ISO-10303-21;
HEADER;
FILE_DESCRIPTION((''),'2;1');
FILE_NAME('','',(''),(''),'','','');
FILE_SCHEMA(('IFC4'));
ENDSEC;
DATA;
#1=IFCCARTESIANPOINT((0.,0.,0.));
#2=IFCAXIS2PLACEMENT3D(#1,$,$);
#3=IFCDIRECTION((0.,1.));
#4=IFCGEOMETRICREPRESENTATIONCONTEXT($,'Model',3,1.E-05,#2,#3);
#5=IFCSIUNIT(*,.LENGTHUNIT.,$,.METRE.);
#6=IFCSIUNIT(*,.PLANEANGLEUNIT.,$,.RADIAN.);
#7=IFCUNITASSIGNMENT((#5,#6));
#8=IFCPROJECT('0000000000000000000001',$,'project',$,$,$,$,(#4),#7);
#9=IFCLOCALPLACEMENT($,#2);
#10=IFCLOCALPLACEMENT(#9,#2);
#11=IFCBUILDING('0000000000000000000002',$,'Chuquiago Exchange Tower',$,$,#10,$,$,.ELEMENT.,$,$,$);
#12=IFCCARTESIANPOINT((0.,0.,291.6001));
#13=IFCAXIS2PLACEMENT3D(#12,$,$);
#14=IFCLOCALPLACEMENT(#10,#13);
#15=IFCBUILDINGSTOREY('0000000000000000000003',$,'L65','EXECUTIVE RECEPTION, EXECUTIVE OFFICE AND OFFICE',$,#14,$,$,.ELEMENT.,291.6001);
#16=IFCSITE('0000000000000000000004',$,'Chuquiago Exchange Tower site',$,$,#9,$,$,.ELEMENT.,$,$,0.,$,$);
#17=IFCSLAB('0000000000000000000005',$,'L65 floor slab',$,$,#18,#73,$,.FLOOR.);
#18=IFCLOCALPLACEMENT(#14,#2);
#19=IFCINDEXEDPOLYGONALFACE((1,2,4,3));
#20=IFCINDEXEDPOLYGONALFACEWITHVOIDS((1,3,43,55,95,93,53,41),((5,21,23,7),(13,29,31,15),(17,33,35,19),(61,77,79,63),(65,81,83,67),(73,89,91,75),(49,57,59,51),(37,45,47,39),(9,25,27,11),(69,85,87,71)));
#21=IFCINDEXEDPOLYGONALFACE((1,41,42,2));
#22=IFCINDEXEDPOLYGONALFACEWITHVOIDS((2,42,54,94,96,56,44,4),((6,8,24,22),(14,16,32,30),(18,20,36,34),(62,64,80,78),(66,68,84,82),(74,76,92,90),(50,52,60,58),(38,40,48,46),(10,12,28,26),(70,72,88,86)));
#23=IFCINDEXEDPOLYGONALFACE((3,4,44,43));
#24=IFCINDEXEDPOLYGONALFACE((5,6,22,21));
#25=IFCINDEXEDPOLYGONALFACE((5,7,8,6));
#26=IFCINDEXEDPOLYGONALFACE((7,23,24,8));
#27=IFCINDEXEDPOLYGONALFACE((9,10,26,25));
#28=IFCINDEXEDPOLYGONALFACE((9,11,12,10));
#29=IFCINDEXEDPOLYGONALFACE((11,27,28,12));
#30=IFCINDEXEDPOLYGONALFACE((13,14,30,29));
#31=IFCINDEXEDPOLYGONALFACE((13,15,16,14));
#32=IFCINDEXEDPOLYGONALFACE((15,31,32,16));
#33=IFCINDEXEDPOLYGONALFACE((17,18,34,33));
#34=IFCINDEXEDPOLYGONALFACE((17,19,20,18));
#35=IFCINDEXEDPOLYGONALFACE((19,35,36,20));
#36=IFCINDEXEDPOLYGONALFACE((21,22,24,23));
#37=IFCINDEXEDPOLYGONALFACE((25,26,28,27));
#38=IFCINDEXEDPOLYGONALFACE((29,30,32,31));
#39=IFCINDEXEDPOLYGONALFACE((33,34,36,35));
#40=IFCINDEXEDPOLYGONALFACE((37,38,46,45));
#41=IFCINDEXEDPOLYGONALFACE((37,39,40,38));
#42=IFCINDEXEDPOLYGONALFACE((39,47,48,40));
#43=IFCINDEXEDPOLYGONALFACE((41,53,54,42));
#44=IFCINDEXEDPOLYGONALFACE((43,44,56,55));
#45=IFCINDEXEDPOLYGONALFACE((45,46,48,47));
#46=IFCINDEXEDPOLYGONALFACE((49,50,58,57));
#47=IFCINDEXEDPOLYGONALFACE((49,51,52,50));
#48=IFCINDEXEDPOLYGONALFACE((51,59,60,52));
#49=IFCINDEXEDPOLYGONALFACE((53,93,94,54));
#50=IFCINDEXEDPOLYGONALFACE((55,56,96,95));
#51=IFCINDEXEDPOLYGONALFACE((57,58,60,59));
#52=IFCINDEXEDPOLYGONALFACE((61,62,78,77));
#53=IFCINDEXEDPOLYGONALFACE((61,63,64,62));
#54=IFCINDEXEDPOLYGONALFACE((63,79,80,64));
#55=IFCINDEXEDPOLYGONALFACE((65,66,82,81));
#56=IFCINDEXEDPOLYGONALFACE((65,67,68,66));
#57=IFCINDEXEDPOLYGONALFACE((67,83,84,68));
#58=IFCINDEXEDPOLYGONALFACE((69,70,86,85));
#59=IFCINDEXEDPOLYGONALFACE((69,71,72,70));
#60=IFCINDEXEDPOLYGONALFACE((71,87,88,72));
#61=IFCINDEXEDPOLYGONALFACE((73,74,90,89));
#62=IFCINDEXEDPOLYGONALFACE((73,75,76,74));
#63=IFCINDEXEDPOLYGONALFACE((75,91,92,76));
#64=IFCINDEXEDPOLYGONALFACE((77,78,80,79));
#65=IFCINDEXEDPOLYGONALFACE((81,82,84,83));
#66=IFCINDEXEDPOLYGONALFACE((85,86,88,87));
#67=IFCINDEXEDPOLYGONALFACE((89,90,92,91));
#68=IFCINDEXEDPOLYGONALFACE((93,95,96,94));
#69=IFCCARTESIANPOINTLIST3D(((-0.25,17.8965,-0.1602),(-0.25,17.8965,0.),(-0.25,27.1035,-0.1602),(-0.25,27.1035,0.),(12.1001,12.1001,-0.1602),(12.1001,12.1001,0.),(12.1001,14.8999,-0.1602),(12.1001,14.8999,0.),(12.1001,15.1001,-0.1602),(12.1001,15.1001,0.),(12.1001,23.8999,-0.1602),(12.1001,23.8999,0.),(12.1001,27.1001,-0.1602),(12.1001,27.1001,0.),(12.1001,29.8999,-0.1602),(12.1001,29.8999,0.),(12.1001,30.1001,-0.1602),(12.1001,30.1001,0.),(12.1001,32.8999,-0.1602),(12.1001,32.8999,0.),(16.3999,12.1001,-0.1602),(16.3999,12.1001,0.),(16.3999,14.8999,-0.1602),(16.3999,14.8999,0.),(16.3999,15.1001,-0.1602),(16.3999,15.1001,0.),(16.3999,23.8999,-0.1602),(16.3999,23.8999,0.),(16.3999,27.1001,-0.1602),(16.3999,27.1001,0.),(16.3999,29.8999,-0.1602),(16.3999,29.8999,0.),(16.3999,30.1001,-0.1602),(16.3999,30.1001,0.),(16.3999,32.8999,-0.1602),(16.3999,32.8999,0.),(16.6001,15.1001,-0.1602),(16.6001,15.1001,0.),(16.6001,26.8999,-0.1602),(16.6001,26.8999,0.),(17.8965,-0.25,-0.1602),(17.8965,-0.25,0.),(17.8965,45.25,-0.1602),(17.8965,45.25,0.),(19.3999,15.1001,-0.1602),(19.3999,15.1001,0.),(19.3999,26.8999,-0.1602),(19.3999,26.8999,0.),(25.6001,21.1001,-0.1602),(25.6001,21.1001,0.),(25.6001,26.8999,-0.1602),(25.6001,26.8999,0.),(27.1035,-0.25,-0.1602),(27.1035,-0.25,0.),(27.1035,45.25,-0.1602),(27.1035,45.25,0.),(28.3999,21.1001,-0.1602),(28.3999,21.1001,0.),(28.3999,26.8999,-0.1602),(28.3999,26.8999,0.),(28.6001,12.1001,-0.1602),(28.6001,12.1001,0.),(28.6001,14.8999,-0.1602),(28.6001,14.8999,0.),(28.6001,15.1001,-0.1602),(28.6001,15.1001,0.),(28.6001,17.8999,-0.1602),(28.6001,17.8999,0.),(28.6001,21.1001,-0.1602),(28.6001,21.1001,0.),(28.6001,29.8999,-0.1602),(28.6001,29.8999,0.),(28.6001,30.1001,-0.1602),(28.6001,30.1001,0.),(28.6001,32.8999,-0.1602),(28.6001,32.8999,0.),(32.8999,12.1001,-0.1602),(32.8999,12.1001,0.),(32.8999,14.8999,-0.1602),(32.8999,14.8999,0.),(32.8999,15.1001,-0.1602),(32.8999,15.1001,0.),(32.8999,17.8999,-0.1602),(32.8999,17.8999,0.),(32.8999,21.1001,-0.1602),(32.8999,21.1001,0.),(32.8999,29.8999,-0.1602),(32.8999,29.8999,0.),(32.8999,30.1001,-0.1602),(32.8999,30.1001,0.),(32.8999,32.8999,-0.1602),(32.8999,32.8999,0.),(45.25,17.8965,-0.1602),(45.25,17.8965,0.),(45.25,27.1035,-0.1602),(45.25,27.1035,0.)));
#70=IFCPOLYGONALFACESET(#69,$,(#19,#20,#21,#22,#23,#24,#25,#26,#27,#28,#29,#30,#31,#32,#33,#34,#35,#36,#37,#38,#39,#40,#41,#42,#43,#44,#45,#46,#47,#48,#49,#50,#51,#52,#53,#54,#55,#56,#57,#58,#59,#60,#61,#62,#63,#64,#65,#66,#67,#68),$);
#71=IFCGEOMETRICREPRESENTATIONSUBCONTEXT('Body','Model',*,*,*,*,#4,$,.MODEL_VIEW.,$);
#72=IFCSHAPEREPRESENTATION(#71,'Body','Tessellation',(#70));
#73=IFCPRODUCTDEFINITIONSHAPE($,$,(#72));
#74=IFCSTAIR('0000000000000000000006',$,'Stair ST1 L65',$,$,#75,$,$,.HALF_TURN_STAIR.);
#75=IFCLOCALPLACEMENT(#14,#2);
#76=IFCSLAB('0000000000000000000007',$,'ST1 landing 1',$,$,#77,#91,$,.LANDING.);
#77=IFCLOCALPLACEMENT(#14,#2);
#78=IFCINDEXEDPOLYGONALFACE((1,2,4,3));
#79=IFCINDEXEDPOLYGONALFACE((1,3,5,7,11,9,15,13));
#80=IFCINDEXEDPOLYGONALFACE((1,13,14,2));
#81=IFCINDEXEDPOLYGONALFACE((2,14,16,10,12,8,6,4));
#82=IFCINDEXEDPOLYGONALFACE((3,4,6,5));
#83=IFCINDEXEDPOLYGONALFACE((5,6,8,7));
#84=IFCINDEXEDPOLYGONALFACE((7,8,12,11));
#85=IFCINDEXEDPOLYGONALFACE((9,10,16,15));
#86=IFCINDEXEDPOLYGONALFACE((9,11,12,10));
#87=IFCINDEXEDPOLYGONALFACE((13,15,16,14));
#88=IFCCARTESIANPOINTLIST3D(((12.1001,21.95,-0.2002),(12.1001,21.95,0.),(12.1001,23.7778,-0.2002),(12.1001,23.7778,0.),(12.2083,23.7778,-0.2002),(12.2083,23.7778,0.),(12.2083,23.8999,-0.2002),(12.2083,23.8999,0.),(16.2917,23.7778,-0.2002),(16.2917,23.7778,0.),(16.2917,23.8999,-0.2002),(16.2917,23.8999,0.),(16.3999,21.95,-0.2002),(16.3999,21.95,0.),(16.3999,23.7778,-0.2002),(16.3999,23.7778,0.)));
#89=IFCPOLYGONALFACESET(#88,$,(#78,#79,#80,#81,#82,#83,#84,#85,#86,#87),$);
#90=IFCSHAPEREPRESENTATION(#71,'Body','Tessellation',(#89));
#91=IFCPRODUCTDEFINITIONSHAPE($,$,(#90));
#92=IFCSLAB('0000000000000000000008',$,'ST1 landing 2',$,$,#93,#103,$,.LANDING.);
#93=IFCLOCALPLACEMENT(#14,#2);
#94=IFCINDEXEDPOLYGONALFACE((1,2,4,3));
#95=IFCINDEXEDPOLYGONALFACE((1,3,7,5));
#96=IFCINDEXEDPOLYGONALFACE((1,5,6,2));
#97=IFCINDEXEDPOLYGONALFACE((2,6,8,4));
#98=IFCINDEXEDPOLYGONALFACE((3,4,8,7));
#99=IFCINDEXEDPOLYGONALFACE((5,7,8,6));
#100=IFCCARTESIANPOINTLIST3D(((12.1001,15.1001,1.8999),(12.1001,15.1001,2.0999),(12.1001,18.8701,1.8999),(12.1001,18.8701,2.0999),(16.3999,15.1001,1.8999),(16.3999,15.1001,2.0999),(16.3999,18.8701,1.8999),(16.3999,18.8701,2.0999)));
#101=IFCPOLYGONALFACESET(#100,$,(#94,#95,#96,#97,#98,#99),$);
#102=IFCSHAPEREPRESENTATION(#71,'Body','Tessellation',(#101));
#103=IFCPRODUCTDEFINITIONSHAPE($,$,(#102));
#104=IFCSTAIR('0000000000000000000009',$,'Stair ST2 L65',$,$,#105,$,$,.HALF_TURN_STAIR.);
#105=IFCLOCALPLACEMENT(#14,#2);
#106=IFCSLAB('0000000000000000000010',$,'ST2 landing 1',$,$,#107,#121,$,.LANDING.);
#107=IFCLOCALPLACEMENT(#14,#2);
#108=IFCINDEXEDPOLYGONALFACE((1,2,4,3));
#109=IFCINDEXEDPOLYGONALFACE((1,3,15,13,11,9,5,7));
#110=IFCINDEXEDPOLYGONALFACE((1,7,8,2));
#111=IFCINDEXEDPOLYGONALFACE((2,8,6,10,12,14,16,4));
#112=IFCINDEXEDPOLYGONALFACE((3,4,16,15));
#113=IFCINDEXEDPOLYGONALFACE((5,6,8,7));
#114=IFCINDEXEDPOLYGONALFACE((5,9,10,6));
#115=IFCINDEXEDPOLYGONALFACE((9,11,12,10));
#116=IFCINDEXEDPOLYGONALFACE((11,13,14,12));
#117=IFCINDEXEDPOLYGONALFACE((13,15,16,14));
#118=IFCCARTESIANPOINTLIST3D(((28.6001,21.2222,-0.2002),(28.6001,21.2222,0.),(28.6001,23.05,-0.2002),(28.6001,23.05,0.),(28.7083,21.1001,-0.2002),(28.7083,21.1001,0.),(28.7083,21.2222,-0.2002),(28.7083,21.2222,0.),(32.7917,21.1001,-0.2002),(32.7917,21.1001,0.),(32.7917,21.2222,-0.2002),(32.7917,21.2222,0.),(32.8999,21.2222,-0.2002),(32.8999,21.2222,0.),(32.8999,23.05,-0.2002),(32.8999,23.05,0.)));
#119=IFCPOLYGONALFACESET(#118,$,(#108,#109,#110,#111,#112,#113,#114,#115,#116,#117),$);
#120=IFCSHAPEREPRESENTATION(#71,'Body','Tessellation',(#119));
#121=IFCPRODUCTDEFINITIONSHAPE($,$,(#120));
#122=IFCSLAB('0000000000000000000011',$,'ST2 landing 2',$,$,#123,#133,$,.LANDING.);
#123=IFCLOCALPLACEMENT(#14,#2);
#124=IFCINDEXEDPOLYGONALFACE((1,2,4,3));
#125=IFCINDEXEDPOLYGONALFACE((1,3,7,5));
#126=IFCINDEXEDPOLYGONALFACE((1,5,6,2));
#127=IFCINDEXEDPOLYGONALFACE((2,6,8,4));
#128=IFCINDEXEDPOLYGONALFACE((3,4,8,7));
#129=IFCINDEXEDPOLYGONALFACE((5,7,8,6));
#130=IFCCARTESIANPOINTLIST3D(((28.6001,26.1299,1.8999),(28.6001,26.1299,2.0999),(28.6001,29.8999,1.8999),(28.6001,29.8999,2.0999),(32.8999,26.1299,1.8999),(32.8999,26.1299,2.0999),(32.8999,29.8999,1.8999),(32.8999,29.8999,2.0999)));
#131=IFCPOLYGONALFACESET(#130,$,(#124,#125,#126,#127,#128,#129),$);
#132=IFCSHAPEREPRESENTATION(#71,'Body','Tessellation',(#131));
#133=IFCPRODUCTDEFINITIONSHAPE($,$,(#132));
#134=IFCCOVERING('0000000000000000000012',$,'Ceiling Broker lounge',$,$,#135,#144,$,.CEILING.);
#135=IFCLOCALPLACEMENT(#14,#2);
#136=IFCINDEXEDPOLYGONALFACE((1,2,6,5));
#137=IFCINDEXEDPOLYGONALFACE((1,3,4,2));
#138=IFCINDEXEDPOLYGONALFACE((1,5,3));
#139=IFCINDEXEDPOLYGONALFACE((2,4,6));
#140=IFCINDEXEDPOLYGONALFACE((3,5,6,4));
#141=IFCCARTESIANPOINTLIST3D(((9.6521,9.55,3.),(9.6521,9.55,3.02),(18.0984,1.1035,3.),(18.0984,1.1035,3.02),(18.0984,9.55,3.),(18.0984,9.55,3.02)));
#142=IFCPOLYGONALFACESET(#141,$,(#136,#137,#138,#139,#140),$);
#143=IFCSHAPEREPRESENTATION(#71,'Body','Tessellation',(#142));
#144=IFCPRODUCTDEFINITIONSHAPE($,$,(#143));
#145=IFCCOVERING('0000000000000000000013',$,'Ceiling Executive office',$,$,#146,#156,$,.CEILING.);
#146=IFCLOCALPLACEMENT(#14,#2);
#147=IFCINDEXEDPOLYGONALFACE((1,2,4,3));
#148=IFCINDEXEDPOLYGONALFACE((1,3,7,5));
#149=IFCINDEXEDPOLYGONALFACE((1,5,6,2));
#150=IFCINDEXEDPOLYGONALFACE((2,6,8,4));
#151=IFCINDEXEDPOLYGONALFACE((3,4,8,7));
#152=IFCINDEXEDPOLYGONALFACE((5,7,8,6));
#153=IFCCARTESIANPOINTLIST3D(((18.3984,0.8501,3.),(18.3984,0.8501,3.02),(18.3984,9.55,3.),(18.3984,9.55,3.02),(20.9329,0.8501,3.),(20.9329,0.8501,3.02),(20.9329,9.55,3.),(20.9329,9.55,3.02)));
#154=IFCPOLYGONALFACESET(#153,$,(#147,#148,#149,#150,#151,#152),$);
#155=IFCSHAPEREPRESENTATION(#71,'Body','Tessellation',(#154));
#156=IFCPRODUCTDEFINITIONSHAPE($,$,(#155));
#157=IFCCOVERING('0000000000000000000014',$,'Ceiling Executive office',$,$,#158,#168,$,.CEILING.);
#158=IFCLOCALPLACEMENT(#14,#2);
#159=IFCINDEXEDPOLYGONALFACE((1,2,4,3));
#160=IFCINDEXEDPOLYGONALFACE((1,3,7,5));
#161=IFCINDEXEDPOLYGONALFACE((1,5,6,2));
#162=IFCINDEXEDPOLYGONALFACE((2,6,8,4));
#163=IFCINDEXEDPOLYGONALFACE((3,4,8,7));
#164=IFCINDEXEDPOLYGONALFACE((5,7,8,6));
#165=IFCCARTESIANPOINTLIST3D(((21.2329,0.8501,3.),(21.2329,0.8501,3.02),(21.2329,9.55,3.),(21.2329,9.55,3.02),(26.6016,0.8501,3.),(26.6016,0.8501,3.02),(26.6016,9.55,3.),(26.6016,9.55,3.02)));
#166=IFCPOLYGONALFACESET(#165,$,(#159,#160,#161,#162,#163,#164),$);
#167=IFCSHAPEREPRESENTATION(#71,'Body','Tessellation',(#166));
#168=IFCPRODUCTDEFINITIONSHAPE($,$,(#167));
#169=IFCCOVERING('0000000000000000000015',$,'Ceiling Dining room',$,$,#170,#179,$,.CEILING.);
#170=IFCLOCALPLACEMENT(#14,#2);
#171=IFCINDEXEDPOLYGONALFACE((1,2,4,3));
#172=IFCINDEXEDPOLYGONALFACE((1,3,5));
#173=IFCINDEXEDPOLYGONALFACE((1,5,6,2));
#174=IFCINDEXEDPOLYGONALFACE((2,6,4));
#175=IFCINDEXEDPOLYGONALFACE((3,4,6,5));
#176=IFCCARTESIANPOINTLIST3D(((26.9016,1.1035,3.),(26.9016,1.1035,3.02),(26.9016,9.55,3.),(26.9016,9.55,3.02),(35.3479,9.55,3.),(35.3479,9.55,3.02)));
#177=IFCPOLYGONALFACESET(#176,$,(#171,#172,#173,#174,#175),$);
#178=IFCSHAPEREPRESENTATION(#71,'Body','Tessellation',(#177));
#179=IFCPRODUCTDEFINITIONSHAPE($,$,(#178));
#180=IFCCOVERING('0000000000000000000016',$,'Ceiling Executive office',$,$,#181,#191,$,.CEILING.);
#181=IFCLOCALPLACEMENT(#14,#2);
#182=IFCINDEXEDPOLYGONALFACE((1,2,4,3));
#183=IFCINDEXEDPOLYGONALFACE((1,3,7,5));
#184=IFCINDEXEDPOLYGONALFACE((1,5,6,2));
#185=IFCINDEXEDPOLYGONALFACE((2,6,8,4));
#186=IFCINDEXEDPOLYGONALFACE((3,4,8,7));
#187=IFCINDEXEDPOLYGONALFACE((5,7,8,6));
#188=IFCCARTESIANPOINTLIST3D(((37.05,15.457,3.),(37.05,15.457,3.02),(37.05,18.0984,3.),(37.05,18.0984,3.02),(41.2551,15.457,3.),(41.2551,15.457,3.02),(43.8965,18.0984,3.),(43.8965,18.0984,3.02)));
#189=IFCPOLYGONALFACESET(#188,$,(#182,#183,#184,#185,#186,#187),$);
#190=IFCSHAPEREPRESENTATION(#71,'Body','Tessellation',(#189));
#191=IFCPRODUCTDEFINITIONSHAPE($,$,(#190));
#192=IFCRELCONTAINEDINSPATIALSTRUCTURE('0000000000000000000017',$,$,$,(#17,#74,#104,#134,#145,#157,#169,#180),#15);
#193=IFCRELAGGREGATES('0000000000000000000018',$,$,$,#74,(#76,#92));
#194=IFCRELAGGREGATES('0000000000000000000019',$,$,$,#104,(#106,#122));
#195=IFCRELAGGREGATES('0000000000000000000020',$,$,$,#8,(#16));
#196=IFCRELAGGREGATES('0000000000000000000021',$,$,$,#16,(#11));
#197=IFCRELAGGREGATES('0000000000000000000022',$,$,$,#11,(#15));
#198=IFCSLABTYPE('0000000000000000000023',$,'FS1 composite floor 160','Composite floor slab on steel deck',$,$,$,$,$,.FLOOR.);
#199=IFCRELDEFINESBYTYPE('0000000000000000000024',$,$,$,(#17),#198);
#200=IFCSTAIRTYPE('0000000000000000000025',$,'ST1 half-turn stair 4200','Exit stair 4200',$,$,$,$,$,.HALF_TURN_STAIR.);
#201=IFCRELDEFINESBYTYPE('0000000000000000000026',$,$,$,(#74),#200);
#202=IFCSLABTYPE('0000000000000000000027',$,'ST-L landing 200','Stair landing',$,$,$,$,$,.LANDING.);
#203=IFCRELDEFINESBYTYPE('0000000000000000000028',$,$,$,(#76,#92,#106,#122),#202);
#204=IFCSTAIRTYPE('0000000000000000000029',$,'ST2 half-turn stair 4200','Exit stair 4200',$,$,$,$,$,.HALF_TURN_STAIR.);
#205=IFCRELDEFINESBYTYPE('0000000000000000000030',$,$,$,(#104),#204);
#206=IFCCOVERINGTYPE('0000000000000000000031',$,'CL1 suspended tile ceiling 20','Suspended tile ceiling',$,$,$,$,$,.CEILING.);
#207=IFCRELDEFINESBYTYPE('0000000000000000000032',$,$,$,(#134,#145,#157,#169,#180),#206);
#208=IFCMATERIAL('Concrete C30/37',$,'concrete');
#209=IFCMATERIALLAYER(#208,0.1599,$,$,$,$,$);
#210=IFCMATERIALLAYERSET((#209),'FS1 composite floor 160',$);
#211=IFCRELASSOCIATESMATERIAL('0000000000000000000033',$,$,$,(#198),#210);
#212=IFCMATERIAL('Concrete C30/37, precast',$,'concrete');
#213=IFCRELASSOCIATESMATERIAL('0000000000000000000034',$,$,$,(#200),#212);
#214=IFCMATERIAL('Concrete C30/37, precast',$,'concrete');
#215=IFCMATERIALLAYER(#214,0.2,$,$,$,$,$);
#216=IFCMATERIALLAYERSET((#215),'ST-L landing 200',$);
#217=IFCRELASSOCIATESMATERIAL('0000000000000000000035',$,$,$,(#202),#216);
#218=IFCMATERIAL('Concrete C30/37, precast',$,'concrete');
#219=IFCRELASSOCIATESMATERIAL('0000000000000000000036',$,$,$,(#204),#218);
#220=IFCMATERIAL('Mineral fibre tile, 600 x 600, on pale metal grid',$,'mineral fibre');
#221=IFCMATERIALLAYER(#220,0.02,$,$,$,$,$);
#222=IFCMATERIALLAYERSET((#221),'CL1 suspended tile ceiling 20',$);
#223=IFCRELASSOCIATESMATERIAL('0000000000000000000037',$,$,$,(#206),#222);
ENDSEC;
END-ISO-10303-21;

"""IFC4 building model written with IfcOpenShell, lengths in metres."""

from ifc_helpers import new_model, si_unit, direction, frame, origin, place, context, subcontext, project, spatial, polyline, outline, extrude, material, layer, layer_set, type_object, element, aggregate, save


model = new_model("IFC4")

# Units and contexts
model_context = context("Model", 3, precision=1e-05, world=origin(), true_north=direction((0.0, 1.0)))
body_context = subcontext(model_context, "Body", "Model", "MODEL_VIEW")
ifc_project = project(units=[si_unit("LENGTHUNIT", "METRE"), si_unit("PLANEANGLEUNIT", "RADIAN")], contexts=[model_context])

# Site, building, storey
site_placement = place(None, origin())
site = spatial("IfcSite", under=ifc_project, at=site_placement, Name="Chuquiago Exchange Tower site", CompositionType="ELEMENT", RefElevation=0.0)
building_placement = place(site_placement, origin())
building = spatial("IfcBuilding", under=site, at=building_placement, Name="Chuquiago Exchange Tower", CompositionType="ELEMENT")
storey_placement = place(building_placement, frame((0.0, 0.0, 291.6001)))
storey = spatial("IfcBuildingStorey", under=building, at=storey_placement, Name="L65", Description="EXECUTIVE RECEPTION, EXECUTIVE OFFICE AND OFFICE", CompositionType="ELEMENT", Elevation=291.6001)

# Slab
ifc_material_1 = material(Name="Concrete C30/37", Category="concrete")
ifc_layer_1 = layer(ifc_material_1, 0.1599)
ifc_layer_set_1 = layer_set([ifc_layer_1], Name="FS1 composite floor 160")
slab_type_1 = type_object("IfcSlabType", Name="FS1 composite floor 160", Description="Composite floor slab on steel deck", PredefinedType="FLOOR", material=ifc_layer_set_1)
slab_1_placement = place(storey_placement, frame((0.0, 0.0, -0.1602)))
element("IfcSlab", 1, at=slab_1_placement, inside=storey, type_object=slab_type_1, Name="L65 floor slab", PredefinedType="FLOOR", context=body_context, shape_type="SweptSolid", body=[
    extrude(outline(polyline([(17.8965, -0.25), (-0.25, 17.8965), (-0.25, 27.1035), (17.8965, 45.25), (27.1035, 45.25), (45.25, 27.1035), (45.25, 17.8965), (27.1035, -0.25), (17.8965, -0.25)]), holes=[polyline([(16.3999, 15.1001), (12.1001, 15.1001), (12.1001, 23.8999), (16.3999, 23.8999), (16.3999, 15.1001)]), polyline([(32.8999, 21.1001), (28.6001, 21.1001), (28.6001, 29.8999), (32.8999, 29.8999), (32.8999, 21.1001)]), polyline([(16.3999, 12.1001), (12.1001, 12.1001), (12.1001, 14.8999), (16.3999, 14.8999), (16.3999, 12.1001)]), polyline([(16.3999, 30.1001), (12.1001, 30.1001), (12.1001, 32.8999), (16.3999, 32.8999), (16.3999, 30.1001)]), polyline([(32.8999, 12.1001), (28.6001, 12.1001), (28.6001, 14.8999), (32.8999, 14.8999), (32.8999, 12.1001)]), polyline([(32.8999, 30.1001), (28.6001, 30.1001), (28.6001, 32.8999), (32.8999, 32.8999), (32.8999, 30.1001)]), polyline([(16.3999, 27.1001), (12.1001, 27.1001), (12.1001, 29.8999), (16.3999, 29.8999), (16.3999, 27.1001)]), polyline([(32.8999, 15.1001), (28.6001, 15.1001), (28.6001, 17.8999), (32.8999, 17.8999), (32.8999, 15.1001)]), polyline([(19.3999, 15.1001), (16.6001, 15.1001), (16.6001, 26.8999), (19.3999, 26.8999), (19.3999, 15.1001)]), polyline([(28.3999, 21.1001), (25.6001, 21.1001), (25.6001, 26.8999), (28.3999, 26.8999), (28.3999, 21.1001)])]), origin(), (0.0, 0.0, 1.0), 0.1602),
])

# Stairs, slabs
ifc_material_2 = material(Name="Concrete C30/37, precast", Category="concrete")
stair_type_1 = type_object("IfcStairType", Name="ST1 half-turn stair 4200", Description="Exit stair 4200", PredefinedType="HALF_TURN_STAIR", material=ifc_material_2)
stair_1_placement = place(storey_placement, origin())
stair_1 = element("IfcStair", 2, at=stair_1_placement, inside=storey, type_object=stair_type_1, Name="Stair ST1 L65", PredefinedType="HALF_TURN_STAIR")
ifc_material_3 = material(Name="Concrete C30/37, precast", Category="concrete")
ifc_layer_2 = layer(ifc_material_3, 0.2)
ifc_layer_set_2 = layer_set([ifc_layer_2], Name="ST-L landing 200")
slab_type_2 = type_object("IfcSlabType", Name="ST-L landing 200", Description="Stair landing", PredefinedType="LANDING", material=ifc_layer_set_2)
slab_2_placement = place(storey_placement, frame((0.0, 0.0, -0.2002)))
slab_2 = element("IfcSlab", 3, at=slab_2_placement, type_object=slab_type_2, Name="ST1 landing 1", PredefinedType="LANDING", context=body_context, shape_type="SweptSolid", body=[
    extrude(outline(polyline([(12.2083, 23.8999), (16.2917, 23.8999), (16.2917, 23.7778), (16.3999, 23.7778), (16.3999, 21.95), (12.1001, 21.95), (12.1001, 23.7778), (12.2083, 23.7778), (12.2083, 23.8999)])), origin(), (0.0, 0.0, 1.0), 0.2002),
])
slab_3_placement = place(storey_placement, frame((0.0, 0.0, 1.8999)))
slab_3 = element("IfcSlab", 4, at=slab_3_placement, type_object=slab_type_2, Name="ST1 landing 2", PredefinedType="LANDING", context=body_context, shape_type="SweptSolid", body=[
    extrude(outline(polyline([(12.1001, 18.8701), (16.3999, 18.8701), (16.3999, 15.1001), (12.1001, 15.1001), (12.1001, 18.8701)])), origin(), (0.0, 0.0, 1.0), 0.2),
])
aggregate(stair_1, [slab_2, slab_3])
ifc_material_4 = material(Name="Concrete C30/37, precast", Category="concrete")
stair_type_2 = type_object("IfcStairType", Name="ST2 half-turn stair 4200", Description="Exit stair 4200", PredefinedType="HALF_TURN_STAIR", material=ifc_material_4)
stair_2_placement = place(storey_placement, origin())
stair_2 = element("IfcStair", 5, at=stair_2_placement, inside=storey, type_object=stair_type_2, Name="Stair ST2 L65", PredefinedType="HALF_TURN_STAIR")
slab_4_placement = place(storey_placement, frame((0.0, 0.0, -0.2002)))
slab_4 = element("IfcSlab", 6, at=slab_4_placement, type_object=slab_type_2, Name="ST2 landing 1", PredefinedType="LANDING", context=body_context, shape_type="SweptSolid", body=[
    extrude(outline(polyline([(32.7917, 21.2222), (32.7917, 21.1001), (28.7083, 21.1001), (28.7083, 21.2222), (28.6001, 21.2222), (28.6001, 23.05), (32.8999, 23.05), (32.8999, 21.2222), (32.7917, 21.2222)])), origin(), (0.0, 0.0, 1.0), 0.2002),
])
slab_5_placement = place(storey_placement, frame((0.0, 0.0, 1.8999)))
slab_5 = element("IfcSlab", 7, at=slab_5_placement, type_object=slab_type_2, Name="ST2 landing 2", PredefinedType="LANDING", context=body_context, shape_type="SweptSolid", body=[
    extrude(outline(polyline([(28.6001, 29.8999), (32.8999, 29.8999), (32.8999, 26.1299), (28.6001, 26.1299), (28.6001, 29.8999)])), origin(), (0.0, 0.0, 1.0), 0.2),
])
aggregate(stair_2, [slab_4, slab_5])

# Coverings
ifc_material_5 = material(Name="Mineral fibre tile, 600 x 600, on pale metal grid", Category="mineral fibre")
ifc_layer_3 = layer(ifc_material_5, 0.02)
ifc_layer_set_3 = layer_set([ifc_layer_3], Name="CL1 suspended tile ceiling 20")
covering_type_1 = type_object("IfcCoveringType", Name="CL1 suspended tile ceiling 20", Description="Suspended tile ceiling", PredefinedType="CEILING", material=ifc_layer_set_3)
covering_1_placement = place(storey_placement, frame((0.0, 0.0, 3.0)))
element("IfcCovering", 8, at=covering_1_placement, inside=storey, type_object=covering_type_1, Name="Ceiling Broker lounge", PredefinedType="CEILING", context=body_context, shape_type="SweptSolid", body=[
    extrude(outline(polyline([(18.0984, 9.55), (18.0984, 1.1035), (9.6521, 9.55), (18.0984, 9.55)])), origin(), (0.0, 0.0, 1.0), 0.02),
])
covering_2_placement = place(storey_placement, frame((0.0, 0.0, 3.0)))
element("IfcCovering", 9, at=covering_2_placement, inside=storey, type_object=covering_type_1, Name="Ceiling Executive office", PredefinedType="CEILING", context=body_context, shape_type="SweptSolid", body=[
    extrude(outline(polyline([(18.3984, 9.55), (20.9329, 9.55), (20.9329, 0.8501), (18.3984, 0.8501), (18.3984, 9.55)])), origin(), (0.0, 0.0, 1.0), 0.02),
])
covering_3_placement = place(storey_placement, frame((0.0, 0.0, 3.0)))
element("IfcCovering", 10, at=covering_3_placement, inside=storey, type_object=covering_type_1, Name="Ceiling Executive office", PredefinedType="CEILING", context=body_context, shape_type="SweptSolid", body=[
    extrude(outline(polyline([(21.2329, 0.8501), (21.2329, 9.55), (26.6016, 9.55), (26.6016, 0.8501), (21.2329, 0.8501)])), origin(), (0.0, 0.0, 1.0), 0.02),
])
covering_4_placement = place(storey_placement, frame((0.0, 0.0, 3.0)))
element("IfcCovering", 11, at=covering_4_placement, inside=storey, type_object=covering_type_1, Name="Ceiling Dining room", PredefinedType="CEILING", context=body_context, shape_type="SweptSolid", body=[
    extrude(outline(polyline([(26.9016, 9.55), (35.3479, 9.55), (26.9016, 1.1035), (26.9016, 9.55)])), origin(), (0.0, 0.0, 1.0), 0.02),
])
covering_5_placement = place(storey_placement, frame((0.0, 0.0, 3.0)))
element("IfcCovering", 12, at=covering_5_placement, inside=storey, type_object=covering_type_1, Name="Ceiling Executive office", PredefinedType="CEILING", context=body_context, shape_type="SweptSolid", body=[
    extrude(outline(polyline([(37.05, 15.457), (37.05, 18.0984), (43.8965, 18.0984), (41.2551, 15.457), (37.05, 15.457)])), origin(), (0.0, 0.0, 1.0), 0.02),
])

save(model, "model.ifc")
